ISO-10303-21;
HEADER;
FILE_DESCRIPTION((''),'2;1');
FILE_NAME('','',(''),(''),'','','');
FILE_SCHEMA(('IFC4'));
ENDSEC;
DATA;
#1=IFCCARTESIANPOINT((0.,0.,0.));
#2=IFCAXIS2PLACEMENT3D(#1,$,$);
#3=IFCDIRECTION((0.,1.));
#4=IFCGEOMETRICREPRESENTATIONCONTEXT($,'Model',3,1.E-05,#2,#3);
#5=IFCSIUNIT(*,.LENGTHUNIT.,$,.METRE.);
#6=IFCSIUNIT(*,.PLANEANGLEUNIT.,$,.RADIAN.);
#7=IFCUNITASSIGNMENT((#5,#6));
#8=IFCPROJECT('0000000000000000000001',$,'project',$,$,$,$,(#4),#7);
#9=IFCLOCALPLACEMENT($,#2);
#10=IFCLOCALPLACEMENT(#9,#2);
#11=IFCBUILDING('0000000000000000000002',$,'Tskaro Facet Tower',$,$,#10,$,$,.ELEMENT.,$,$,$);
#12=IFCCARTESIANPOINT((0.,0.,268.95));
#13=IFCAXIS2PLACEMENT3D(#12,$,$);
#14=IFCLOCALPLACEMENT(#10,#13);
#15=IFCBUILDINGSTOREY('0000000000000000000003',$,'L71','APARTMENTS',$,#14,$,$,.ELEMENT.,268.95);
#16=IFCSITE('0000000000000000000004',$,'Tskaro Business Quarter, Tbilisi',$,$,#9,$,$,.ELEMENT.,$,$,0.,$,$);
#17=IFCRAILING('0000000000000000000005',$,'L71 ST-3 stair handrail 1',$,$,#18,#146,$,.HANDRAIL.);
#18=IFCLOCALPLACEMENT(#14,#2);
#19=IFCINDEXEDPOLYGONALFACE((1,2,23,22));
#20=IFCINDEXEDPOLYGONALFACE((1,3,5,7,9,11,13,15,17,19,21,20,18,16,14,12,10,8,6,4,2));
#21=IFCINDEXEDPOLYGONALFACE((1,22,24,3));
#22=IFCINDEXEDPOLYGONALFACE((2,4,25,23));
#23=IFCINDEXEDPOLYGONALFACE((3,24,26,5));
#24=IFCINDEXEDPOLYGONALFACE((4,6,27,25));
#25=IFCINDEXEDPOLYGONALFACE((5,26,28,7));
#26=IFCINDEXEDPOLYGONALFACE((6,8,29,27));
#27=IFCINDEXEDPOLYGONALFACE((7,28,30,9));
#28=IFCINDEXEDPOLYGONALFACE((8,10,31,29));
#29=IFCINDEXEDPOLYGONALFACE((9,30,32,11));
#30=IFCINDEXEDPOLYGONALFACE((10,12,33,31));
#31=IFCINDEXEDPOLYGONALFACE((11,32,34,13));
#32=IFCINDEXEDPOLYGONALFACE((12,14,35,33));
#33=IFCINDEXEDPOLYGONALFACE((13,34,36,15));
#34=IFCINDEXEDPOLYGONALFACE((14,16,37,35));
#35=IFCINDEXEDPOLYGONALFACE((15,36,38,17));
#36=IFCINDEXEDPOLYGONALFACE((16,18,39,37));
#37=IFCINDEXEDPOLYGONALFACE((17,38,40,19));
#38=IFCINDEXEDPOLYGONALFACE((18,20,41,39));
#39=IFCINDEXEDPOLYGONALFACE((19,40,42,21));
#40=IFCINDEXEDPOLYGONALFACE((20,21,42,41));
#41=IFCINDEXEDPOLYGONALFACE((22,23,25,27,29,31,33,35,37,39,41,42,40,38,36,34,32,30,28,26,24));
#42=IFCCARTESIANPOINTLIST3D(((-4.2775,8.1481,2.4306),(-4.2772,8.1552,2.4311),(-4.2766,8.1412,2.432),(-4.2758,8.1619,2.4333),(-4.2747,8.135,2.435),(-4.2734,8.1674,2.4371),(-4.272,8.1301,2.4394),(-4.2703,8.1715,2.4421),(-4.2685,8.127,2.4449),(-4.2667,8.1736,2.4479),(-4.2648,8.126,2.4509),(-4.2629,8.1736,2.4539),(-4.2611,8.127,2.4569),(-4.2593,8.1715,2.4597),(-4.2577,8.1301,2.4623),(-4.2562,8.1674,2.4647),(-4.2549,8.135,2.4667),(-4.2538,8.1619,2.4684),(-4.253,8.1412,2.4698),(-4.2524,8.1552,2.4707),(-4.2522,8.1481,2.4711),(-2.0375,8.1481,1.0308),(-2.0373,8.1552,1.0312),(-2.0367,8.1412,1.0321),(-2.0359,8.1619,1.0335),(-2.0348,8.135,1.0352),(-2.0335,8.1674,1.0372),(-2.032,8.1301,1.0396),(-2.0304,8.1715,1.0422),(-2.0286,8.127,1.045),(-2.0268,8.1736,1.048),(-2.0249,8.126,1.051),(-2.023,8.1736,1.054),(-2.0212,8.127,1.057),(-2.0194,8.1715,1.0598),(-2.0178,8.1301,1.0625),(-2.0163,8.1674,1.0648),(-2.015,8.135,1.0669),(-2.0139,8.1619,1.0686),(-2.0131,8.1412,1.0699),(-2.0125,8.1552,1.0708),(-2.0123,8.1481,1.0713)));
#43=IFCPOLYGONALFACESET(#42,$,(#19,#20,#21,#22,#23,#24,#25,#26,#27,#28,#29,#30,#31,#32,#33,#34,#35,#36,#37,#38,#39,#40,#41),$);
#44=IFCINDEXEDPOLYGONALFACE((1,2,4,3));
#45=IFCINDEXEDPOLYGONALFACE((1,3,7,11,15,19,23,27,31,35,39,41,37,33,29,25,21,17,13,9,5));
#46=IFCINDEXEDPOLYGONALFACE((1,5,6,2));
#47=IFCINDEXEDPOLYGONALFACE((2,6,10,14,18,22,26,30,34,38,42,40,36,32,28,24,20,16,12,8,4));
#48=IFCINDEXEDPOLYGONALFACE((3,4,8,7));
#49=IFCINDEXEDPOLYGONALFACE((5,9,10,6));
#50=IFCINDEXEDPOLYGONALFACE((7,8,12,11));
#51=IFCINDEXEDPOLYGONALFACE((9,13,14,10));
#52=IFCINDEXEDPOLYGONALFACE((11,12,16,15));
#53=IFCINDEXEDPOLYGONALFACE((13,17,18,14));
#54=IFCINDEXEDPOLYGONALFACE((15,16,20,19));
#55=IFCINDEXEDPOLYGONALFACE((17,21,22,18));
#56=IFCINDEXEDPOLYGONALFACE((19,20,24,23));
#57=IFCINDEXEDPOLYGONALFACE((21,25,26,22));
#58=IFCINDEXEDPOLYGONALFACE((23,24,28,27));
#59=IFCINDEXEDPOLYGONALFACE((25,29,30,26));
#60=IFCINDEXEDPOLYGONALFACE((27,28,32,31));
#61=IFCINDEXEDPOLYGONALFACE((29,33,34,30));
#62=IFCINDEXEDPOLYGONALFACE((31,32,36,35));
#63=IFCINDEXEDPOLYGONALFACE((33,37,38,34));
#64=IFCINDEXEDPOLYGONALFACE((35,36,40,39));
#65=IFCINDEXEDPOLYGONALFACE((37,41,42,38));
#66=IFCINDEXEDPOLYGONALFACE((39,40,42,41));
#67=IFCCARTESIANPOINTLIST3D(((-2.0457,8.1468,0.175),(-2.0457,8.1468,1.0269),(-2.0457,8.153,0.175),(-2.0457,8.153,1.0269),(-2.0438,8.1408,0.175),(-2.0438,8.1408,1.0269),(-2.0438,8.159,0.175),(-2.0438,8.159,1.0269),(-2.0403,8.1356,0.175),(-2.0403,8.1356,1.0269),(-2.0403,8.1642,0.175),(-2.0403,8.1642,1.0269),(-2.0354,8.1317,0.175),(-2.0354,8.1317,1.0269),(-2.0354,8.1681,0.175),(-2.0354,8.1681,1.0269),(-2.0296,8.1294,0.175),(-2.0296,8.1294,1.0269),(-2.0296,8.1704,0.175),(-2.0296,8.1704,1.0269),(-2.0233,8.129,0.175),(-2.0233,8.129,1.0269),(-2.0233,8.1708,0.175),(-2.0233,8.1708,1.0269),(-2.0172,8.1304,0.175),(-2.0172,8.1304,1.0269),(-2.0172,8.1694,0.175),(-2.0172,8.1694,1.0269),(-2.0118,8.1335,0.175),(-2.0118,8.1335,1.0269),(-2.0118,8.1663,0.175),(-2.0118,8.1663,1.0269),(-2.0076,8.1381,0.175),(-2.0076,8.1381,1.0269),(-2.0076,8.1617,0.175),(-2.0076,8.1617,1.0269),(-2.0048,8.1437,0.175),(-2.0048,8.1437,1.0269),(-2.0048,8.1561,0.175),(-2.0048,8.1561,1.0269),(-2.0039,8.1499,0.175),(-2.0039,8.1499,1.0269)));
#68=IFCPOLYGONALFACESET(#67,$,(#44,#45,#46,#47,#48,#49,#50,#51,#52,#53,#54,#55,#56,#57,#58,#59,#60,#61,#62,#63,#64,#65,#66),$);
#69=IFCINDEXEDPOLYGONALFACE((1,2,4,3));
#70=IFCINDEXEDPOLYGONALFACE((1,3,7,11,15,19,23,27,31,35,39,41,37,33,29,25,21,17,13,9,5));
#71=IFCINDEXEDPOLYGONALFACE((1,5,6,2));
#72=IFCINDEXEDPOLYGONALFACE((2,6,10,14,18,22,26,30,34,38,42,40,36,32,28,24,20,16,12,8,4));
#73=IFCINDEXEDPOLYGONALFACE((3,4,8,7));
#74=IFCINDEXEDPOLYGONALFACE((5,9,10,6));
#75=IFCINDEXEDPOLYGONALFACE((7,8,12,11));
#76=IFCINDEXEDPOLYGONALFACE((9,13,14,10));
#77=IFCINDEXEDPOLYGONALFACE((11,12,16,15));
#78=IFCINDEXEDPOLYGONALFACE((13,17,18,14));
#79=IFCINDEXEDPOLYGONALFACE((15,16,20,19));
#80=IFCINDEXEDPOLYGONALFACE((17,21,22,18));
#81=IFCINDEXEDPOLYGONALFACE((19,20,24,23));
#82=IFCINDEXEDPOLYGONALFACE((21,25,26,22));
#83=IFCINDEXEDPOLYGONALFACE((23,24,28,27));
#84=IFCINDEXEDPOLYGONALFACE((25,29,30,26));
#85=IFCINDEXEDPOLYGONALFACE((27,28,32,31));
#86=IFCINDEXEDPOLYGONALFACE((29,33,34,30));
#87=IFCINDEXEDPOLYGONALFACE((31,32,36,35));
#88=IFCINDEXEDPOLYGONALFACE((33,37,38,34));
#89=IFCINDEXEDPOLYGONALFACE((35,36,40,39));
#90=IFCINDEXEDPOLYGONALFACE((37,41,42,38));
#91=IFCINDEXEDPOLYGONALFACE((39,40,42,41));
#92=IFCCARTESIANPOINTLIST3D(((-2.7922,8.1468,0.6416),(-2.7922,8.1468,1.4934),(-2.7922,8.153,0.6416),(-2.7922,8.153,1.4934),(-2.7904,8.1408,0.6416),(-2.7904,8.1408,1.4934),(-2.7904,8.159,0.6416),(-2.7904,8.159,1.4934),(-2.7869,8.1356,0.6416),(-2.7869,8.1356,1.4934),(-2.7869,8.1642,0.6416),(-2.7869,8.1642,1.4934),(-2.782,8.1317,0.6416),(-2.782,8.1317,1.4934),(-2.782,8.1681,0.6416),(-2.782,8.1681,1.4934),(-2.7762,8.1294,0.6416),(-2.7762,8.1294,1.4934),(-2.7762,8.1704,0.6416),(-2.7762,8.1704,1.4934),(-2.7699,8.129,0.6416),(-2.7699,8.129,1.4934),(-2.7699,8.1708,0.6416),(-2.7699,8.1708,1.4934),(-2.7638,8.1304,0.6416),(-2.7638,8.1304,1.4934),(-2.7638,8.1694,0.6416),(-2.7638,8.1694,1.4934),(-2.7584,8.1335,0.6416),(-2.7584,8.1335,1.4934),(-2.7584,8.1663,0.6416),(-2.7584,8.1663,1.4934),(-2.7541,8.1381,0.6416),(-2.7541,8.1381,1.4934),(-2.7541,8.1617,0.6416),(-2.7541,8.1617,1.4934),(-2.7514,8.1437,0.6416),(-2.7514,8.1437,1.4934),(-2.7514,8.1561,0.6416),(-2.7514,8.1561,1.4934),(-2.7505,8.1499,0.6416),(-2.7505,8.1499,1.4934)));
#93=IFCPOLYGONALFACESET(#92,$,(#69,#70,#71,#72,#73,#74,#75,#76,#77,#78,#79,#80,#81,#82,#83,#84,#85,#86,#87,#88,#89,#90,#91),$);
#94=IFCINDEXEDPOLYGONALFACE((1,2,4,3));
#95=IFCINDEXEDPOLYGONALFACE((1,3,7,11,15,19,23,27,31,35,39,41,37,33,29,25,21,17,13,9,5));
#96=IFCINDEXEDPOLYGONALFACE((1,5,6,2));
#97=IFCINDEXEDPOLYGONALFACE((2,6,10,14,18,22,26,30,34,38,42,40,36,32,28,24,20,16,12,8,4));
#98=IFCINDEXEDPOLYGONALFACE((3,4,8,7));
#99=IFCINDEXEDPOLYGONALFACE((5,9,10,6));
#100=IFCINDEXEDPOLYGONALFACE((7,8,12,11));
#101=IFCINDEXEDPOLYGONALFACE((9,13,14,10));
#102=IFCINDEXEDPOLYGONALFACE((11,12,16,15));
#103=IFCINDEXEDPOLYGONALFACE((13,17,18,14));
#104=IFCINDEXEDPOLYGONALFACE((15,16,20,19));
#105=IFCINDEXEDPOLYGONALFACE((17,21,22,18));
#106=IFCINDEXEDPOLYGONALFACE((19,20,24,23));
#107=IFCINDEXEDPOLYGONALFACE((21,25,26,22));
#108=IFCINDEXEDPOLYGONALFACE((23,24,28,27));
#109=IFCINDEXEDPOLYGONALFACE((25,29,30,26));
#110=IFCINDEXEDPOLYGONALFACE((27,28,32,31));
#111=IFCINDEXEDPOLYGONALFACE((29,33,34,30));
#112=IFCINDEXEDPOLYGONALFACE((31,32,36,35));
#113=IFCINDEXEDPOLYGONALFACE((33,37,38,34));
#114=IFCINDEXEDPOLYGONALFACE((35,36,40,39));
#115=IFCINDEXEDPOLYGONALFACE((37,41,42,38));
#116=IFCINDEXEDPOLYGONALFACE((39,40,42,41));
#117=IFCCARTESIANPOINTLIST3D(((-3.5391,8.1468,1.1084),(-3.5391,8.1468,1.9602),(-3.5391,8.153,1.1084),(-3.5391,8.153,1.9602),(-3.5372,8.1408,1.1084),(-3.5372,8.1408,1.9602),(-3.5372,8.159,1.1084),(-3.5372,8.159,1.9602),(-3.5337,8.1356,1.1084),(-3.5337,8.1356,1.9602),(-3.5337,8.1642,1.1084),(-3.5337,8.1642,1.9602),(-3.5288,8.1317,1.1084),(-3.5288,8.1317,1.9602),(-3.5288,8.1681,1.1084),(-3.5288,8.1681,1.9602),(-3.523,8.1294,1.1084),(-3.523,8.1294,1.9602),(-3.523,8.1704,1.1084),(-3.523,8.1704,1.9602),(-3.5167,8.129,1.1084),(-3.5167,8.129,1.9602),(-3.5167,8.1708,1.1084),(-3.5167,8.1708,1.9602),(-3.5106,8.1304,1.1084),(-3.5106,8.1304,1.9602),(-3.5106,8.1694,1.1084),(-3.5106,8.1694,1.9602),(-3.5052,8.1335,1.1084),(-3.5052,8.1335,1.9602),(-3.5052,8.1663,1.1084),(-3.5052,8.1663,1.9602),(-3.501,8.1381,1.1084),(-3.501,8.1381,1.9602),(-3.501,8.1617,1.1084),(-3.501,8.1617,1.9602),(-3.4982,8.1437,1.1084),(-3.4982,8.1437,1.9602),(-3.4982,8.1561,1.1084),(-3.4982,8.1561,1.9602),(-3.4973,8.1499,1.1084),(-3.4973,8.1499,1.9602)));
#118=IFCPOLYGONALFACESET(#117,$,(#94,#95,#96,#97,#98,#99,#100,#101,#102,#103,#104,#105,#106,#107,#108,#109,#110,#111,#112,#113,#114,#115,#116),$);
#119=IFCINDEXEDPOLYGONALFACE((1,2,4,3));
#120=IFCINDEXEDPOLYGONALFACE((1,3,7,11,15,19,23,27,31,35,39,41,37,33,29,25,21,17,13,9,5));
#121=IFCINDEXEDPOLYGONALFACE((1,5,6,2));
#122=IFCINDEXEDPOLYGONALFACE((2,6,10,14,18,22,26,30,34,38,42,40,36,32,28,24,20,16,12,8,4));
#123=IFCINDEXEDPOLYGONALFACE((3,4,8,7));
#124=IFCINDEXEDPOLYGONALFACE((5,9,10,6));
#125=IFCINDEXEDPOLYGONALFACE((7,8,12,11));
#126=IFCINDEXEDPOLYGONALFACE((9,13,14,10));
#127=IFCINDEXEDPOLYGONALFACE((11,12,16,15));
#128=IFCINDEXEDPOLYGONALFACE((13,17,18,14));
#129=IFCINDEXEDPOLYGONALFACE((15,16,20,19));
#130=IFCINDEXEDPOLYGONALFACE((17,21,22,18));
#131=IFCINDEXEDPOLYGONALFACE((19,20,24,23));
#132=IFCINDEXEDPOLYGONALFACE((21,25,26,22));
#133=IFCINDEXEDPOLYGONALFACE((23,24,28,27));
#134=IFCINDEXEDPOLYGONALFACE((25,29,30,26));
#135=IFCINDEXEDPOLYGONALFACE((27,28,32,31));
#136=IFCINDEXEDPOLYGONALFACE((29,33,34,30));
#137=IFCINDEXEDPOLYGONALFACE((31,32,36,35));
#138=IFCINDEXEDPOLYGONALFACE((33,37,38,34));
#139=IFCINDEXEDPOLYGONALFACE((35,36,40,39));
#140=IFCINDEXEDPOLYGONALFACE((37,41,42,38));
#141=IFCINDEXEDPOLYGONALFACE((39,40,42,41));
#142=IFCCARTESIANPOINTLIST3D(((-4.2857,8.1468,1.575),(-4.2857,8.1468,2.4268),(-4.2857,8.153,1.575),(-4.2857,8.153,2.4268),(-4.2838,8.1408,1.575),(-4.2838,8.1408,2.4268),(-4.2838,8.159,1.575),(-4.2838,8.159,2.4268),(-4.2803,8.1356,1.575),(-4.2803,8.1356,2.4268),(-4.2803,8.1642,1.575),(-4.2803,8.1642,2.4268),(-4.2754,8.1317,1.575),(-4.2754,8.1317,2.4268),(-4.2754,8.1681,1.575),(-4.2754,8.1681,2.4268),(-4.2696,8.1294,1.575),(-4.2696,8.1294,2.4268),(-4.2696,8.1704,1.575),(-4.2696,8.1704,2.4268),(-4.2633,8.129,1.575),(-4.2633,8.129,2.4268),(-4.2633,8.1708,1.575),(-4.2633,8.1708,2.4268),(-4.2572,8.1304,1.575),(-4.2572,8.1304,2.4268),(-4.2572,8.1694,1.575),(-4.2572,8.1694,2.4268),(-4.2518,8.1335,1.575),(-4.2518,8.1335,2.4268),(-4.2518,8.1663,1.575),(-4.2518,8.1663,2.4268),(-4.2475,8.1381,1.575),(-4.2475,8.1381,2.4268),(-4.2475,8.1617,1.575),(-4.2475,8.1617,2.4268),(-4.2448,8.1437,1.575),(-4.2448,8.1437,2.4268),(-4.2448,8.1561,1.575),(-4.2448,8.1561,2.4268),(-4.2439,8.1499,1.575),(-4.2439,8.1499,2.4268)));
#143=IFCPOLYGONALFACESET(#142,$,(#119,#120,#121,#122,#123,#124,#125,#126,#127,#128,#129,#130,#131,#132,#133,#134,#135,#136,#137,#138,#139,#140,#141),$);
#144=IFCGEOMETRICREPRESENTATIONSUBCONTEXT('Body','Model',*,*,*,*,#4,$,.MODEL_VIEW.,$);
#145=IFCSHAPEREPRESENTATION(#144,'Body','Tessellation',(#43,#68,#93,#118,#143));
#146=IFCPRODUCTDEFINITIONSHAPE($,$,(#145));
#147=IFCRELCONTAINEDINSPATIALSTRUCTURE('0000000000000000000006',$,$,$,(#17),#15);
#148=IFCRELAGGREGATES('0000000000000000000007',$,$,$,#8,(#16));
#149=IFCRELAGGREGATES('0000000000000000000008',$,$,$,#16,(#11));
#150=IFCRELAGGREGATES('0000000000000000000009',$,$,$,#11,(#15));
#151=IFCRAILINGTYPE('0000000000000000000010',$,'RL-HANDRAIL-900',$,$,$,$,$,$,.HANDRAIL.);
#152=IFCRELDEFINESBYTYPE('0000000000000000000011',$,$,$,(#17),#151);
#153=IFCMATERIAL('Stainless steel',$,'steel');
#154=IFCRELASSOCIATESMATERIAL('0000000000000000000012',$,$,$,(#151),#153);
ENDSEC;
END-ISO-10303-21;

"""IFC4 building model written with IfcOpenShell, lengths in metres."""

from ifc_helpers import new_model, si_unit, direction, frame, origin, origin_2d, place, context, subcontext, project, spatial, circle, extrude, material, type_object, element, save


model = new_model("IFC4")

# Units and contexts
model_context = context("Model", 3, precision=1e-05, world=origin(), true_north=direction((0.0, 1.0)))
body_context = subcontext(model_context, "Body", "Model", "MODEL_VIEW")
ifc_project = project(units=[si_unit("LENGTHUNIT", "METRE"), si_unit("PLANEANGLEUNIT", "RADIAN")], contexts=[model_context])

# Site, building, storey
site_placement = place(None, origin())
site = spatial("IfcSite", under=ifc_project, at=site_placement, Name="Tskaro Business Quarter, Tbilisi", CompositionType="ELEMENT", RefElevation=0.0)
building_placement = place(site_placement, origin())
building = spatial("IfcBuilding", under=site, at=building_placement, Name="Tskaro Facet Tower", CompositionType="ELEMENT")
storey_placement = place(building_placement, frame((0.0, 0.0, 268.95)))
storey = spatial("IfcBuildingStorey", under=building, at=storey_placement, Name="L71", Description="APARTMENTS", CompositionType="ELEMENT", Elevation=268.95)

# Railing
ifc_material_1 = material(Name="Stainless steel", Category="steel")
railing_type_1 = type_object("IfcRailingType", Name="RL-HANDRAIL-900", PredefinedType="HANDRAIL", material=ifc_material_1)
railing_1_placement = place(storey_placement, frame((-2.0249, 8.1499, 0.175)))
element("IfcRailing", 1, at=railing_1_placement, inside=storey, type_object=railing_type_1, Name="L71 ST-3 stair handrail 1", PredefinedType="HANDRAIL", context=body_context, shape_type="SweptSolid", body=[
    extrude(circle(Radius=0.0239, at=origin_2d()), frame((0.0, 0.0, 0.876), z_axis=(-0.848014, 0.0, 0.529974), x_axis=(0.0, -1.0, 0.0)), (0.0, 0.0, 1.0), 2.6414),
    extrude(circle(Radius=0.021, at=origin_2d()), origin(), (0.0, 0.0, 1.0), 0.8518),
    extrude(circle(Radius=0.021, at=origin_2d()), frame((-0.7466, 0.0, 0.4666)), (0.0, 0.0, 1.0), 0.8518),
    extrude(circle(Radius=0.021, at=origin_2d()), frame((-1.4934, 0.0, 0.9333)), (0.0, 0.0, 1.0), 0.8518),
    extrude(circle(Radius=0.021, at=origin_2d()), frame((-2.24, 0.0, 1.3999)), (0.0, 0.0, 1.0), 0.8518),
])

save(model, "model.ifc")
